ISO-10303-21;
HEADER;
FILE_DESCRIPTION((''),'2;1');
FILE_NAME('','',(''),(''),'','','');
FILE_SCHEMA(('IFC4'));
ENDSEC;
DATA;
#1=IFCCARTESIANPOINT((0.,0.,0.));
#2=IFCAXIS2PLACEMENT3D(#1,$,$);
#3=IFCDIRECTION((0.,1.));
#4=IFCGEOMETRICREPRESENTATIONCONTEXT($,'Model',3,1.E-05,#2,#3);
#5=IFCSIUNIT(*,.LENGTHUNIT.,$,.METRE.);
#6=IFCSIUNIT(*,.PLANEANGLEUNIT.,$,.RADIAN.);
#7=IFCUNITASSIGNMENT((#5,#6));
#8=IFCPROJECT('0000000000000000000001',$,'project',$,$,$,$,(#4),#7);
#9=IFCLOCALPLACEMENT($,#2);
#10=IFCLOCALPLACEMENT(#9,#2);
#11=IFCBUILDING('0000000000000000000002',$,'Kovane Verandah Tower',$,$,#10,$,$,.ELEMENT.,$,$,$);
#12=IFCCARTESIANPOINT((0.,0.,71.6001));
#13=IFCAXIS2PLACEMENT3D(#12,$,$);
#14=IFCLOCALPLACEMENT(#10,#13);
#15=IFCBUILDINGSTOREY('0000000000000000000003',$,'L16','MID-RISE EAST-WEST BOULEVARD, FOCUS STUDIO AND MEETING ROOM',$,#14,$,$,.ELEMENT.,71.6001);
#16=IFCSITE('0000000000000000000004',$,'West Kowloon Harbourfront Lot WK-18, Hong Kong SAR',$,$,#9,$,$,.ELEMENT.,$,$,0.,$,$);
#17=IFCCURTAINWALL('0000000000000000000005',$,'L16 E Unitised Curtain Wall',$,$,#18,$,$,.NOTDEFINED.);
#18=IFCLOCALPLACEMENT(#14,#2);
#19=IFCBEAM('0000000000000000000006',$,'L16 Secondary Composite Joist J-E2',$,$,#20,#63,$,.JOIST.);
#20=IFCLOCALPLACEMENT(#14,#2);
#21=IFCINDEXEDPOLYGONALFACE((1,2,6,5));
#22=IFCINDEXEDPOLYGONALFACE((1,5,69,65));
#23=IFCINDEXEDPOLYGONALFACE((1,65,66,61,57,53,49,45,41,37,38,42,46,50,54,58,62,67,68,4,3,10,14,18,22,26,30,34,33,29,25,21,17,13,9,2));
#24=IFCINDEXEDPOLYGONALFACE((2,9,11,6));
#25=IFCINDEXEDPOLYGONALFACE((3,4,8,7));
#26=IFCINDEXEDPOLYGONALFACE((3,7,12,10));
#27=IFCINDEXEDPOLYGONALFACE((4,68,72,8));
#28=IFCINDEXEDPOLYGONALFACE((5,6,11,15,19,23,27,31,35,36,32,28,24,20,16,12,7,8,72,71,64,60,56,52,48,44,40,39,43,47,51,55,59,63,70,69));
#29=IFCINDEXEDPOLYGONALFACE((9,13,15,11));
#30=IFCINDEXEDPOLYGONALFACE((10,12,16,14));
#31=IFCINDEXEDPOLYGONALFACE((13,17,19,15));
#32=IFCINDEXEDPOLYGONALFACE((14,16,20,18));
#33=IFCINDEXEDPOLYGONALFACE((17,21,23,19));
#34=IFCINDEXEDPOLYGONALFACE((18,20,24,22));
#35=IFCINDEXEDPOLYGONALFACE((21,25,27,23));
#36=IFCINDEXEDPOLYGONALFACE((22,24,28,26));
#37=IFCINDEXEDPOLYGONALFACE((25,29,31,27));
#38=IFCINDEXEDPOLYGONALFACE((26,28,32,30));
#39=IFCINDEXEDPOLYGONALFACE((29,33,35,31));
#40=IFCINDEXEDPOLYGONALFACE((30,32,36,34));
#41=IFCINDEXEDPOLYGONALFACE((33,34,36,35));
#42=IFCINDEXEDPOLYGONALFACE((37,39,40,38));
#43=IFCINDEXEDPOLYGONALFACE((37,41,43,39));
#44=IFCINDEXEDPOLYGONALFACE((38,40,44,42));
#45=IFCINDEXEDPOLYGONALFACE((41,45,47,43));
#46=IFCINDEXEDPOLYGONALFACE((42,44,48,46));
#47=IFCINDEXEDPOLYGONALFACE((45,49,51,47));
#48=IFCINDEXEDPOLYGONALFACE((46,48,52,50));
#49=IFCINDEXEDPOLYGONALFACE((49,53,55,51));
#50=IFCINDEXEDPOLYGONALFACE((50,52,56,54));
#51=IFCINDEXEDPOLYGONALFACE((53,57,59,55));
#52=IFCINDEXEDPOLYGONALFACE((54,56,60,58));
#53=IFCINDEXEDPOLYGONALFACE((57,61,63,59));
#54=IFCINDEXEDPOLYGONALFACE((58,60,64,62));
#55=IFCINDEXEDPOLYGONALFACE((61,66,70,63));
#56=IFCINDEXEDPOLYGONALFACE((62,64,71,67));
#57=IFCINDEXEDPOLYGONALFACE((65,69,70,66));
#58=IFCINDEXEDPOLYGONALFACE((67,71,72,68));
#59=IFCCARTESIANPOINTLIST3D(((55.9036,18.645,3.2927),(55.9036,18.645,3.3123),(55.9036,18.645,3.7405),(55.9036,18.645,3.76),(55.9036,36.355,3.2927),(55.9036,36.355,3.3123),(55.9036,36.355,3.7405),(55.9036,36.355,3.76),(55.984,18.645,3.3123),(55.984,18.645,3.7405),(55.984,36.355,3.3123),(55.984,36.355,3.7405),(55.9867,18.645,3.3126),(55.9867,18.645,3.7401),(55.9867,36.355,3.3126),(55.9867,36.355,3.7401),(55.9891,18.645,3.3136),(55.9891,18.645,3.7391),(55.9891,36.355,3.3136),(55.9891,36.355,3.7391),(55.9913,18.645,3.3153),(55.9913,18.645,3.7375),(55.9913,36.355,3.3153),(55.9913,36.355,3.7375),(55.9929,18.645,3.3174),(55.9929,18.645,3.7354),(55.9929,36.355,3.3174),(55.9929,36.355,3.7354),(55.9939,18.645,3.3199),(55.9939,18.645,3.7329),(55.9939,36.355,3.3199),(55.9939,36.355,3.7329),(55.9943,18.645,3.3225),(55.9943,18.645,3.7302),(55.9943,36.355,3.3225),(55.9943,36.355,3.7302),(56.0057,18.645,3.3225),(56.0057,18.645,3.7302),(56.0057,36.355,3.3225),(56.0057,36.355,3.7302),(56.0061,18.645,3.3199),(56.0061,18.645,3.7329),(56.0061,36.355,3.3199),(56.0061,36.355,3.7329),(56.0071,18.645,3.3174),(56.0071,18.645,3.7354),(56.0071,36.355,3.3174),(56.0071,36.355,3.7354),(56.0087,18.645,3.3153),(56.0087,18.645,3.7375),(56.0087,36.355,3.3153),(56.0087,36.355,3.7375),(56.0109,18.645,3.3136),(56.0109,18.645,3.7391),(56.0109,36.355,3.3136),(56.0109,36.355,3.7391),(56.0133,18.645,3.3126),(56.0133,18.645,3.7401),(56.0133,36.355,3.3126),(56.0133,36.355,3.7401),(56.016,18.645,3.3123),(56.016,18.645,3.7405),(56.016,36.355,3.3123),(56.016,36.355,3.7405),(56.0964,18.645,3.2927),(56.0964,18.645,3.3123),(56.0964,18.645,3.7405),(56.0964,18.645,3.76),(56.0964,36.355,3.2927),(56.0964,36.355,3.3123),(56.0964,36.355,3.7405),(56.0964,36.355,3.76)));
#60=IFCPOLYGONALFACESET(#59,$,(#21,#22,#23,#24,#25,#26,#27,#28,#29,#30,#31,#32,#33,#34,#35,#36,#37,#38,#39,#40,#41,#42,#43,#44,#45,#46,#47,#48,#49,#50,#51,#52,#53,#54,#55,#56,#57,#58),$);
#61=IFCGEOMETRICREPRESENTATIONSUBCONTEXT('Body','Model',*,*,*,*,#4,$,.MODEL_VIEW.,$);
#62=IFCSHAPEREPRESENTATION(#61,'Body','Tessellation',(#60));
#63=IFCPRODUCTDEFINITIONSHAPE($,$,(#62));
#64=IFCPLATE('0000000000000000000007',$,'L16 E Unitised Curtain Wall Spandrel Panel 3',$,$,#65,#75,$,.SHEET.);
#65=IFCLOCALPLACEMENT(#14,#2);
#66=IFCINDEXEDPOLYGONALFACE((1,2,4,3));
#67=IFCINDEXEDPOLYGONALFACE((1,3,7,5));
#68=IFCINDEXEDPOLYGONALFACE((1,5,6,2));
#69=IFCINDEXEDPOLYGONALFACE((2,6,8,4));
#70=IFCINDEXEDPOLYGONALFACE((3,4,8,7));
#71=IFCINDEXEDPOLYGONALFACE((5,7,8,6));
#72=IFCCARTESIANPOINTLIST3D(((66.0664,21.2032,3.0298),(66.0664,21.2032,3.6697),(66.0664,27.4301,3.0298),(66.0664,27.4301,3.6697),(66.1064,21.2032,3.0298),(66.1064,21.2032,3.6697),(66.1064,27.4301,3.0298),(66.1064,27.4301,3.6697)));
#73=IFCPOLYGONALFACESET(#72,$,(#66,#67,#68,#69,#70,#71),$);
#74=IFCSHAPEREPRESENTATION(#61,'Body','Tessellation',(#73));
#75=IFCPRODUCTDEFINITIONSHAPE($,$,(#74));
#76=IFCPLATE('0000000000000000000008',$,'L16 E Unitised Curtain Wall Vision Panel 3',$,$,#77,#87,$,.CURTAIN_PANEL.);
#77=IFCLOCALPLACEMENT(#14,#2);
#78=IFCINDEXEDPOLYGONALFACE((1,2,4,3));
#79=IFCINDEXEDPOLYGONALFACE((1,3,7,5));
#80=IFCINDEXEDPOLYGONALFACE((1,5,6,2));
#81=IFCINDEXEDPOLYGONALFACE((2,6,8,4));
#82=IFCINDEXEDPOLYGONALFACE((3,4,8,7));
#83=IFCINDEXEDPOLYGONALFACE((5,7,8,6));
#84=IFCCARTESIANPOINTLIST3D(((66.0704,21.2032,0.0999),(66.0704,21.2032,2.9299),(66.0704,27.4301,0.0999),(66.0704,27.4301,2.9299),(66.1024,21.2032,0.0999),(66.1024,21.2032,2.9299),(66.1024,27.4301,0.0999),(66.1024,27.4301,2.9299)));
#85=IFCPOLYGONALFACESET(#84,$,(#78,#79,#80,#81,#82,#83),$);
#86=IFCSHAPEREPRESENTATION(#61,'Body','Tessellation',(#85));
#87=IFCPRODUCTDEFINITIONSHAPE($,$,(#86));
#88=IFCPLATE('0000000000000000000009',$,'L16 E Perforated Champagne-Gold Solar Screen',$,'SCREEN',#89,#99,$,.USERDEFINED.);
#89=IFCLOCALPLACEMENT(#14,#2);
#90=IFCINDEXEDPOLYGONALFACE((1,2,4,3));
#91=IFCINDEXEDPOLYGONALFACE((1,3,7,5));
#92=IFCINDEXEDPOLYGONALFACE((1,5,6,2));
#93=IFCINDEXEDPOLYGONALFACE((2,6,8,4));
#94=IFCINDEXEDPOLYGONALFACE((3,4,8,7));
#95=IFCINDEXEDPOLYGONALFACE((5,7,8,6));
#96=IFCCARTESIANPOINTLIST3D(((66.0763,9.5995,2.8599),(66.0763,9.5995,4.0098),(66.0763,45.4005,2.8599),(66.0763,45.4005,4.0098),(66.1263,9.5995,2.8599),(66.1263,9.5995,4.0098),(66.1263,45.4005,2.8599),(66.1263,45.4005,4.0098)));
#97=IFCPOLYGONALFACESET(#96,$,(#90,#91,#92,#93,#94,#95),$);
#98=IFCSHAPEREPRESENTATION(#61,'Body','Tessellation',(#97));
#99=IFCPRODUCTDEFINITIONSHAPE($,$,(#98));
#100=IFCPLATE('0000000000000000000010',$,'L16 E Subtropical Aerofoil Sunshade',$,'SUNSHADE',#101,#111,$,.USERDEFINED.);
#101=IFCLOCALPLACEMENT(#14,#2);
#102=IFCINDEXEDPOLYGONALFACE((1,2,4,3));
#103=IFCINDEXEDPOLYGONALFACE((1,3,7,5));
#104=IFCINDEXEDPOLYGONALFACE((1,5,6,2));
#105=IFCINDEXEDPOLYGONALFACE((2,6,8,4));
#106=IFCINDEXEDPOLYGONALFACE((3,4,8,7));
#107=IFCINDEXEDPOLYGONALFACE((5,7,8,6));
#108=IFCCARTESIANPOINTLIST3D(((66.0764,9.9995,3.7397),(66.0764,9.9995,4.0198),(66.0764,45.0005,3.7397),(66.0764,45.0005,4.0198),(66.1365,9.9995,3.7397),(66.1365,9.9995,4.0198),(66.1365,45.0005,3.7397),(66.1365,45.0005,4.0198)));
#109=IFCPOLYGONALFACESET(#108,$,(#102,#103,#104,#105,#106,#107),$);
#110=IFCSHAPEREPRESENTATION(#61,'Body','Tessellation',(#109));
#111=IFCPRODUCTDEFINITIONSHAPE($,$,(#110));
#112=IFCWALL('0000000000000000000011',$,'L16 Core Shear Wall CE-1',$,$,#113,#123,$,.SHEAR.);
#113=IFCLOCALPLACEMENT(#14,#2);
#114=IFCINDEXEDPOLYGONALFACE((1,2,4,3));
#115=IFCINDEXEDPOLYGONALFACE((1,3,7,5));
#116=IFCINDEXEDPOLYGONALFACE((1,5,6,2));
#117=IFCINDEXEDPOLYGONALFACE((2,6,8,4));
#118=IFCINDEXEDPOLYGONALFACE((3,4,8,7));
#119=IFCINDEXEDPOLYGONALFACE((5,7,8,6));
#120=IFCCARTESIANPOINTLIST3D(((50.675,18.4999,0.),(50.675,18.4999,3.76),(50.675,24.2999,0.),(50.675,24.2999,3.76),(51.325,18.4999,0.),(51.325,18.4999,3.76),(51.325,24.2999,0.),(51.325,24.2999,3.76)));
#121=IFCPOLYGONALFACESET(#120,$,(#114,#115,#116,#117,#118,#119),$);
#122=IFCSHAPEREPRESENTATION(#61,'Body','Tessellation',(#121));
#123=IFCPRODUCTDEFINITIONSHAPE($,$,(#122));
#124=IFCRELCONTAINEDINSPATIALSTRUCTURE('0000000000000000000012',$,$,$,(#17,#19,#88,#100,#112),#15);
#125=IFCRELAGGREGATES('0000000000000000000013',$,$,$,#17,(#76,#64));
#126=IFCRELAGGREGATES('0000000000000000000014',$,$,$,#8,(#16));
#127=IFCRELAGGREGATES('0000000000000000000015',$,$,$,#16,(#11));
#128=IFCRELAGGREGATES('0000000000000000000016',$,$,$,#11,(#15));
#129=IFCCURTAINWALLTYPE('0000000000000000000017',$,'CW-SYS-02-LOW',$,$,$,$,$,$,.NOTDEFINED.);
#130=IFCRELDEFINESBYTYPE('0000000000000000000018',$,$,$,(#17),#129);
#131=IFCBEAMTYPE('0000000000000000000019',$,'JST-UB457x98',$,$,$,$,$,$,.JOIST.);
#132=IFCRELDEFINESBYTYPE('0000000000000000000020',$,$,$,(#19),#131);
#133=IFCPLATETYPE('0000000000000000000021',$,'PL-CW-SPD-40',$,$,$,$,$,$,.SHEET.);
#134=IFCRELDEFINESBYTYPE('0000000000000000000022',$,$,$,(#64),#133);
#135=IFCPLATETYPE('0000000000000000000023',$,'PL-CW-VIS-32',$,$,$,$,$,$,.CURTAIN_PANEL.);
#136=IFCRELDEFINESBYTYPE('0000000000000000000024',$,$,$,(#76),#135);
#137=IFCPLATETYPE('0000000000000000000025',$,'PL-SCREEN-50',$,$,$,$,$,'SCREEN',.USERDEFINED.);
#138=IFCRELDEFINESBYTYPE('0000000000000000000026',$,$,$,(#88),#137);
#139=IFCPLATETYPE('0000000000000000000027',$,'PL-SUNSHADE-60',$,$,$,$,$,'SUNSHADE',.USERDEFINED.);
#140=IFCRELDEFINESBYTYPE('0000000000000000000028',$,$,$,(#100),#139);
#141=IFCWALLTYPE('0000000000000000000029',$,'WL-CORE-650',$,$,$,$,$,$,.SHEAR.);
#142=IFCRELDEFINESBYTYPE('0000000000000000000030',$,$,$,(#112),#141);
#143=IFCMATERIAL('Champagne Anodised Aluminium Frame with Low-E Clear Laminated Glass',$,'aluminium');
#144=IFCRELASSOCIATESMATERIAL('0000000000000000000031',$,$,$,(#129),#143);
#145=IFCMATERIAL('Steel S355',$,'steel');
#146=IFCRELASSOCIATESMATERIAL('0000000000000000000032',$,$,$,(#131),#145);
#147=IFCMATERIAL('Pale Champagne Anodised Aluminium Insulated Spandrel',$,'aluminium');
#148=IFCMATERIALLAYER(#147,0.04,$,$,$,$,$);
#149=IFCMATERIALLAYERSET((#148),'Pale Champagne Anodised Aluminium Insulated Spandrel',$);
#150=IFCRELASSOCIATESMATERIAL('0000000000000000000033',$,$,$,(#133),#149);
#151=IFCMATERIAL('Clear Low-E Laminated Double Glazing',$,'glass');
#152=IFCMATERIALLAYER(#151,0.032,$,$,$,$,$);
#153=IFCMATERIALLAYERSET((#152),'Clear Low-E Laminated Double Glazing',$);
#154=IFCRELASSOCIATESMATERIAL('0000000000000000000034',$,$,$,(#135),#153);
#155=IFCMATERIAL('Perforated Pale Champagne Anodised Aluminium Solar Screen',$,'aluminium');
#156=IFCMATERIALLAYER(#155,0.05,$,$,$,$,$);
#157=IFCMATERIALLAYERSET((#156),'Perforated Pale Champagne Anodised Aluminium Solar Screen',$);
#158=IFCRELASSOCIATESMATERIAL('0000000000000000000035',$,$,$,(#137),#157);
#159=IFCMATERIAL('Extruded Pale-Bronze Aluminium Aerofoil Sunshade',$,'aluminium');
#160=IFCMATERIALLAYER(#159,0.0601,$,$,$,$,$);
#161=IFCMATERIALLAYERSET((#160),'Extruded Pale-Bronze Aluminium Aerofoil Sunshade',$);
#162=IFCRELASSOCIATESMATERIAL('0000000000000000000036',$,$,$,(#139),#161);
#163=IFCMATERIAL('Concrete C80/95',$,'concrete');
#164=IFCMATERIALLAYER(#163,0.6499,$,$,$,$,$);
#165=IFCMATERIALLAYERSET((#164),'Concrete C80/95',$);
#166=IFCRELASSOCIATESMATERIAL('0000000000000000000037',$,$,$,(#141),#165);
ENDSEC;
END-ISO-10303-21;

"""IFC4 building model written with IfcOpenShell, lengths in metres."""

from ifc_helpers import new_model, si_unit, direction, frame, frame_2d, origin, origin_2d, place, context, subcontext, project, spatial, rectangle, i_section, extrude, material, layer, layer_set, material_profile, profile_set, type_object, element, aggregate, save


model = new_model("IFC4")

# Units and contexts
model_context = context("Model", 3, precision=1e-05, world=origin(), true_north=direction((0.0, 1.0)))
body_context = subcontext(model_context, "Body", "Model", "MODEL_VIEW")
ifc_project = project(units=[si_unit("LENGTHUNIT", "METRE"), si_unit("PLANEANGLEUNIT", "RADIAN")], contexts=[model_context])

# Site, building, storey
site_placement = place(None, origin())
site = spatial("IfcSite", under=ifc_project, at=site_placement, Name="West Kowloon Harbourfront Lot WK-18, Hong Kong SAR", CompositionType="ELEMENT", RefElevation=0.0)
building_placement = place(site_placement, origin())
building = spatial("IfcBuilding", under=site, at=building_placement, Name="Kovane Verandah Tower", CompositionType="ELEMENT")
storey_placement = place(building_placement, frame((0.0, 0.0, 71.6001)))
storey = spatial("IfcBuildingStorey", under=building, at=storey_placement, Name="L16", Description="MID-RISE EAST-WEST BOULEVARD, FOCUS STUDIO AND MEETING ROOM", CompositionType="ELEMENT", Elevation=71.6001)

# Shared definitions
ifc_material_1 = material(Name="Concrete C80/95", Category="concrete")

# Shared definitions
ifc_material_2 = material(Name="Steel S355", Category="steel")

# Curtain wall
ifc_material_3 = material(Name="Champagne Anodised Aluminium Frame with Low-E Clear Laminated Glass", Category="aluminium")
curtain_wall_type = type_object("IfcCurtainWallType", Name="CW-SYS-02-LOW", PredefinedType="NOTDEFINED", material=ifc_material_3)
curtain_wall_placement = place(storey_placement, origin())
curtain_wall = element("IfcCurtainWall", 1, at=curtain_wall_placement, inside=storey, type_object=curtain_wall_type, Name="L16 E Unitised Curtain Wall", PredefinedType="NOTDEFINED")

# Beam
ifc_material_profile_1 = material_profile(ifc_material_2, i_section(OverallWidth=0.1929, OverallDepth=0.4673, WebThickness=0.0115, FlangeThickness=0.0195, FilletRadius=0.0103, at=origin_2d()), Name="UB457x191x98")
ifc_profile_set_1 = profile_set([ifc_material_profile_1], Name="Steel S355")
beam_type_1 = type_object("IfcBeamType", Name="JST-UB457x98", PredefinedType="JOIST", material=ifc_profile_set_1)
for number, where, z_axis, x_axis, name in (
    (2, (56.0, 18.645, 3.5264), (0.0, 1.0, 0.0), (-1.0, 0.0, 0.0), "L16 Secondary Composite Joist J-E2"),
):
    element("IfcBeam", number, at=place(storey_placement, frame(where, z_axis=z_axis, x_axis=x_axis)), inside=storey, type_object=beam_type_1, Name=name, PredefinedType="JOIST", context=body_context, shape_type="SweptSolid", body=[
        extrude(i_section(OverallWidth=0.1929, OverallDepth=0.4673, WebThickness=0.0115, FlangeThickness=0.0195, FilletRadius=0.0103, at=origin_2d()), origin(), (0.0, 0.0, 1.0), 17.71),
    ])

# Plates
ifc_material_4 = material(Name="Pale Champagne Anodised Aluminium Insulated Spandrel", Category="aluminium")
ifc_layer_1 = layer(ifc_material_4, 0.04)
ifc_layer_set_1 = layer_set([ifc_layer_1], Name="Pale Champagne Anodised Aluminium Insulated Spandrel")
plate_type_1 = type_object("IfcPlateType", Name="PL-CW-SPD-40", PredefinedType="SHEET", material=ifc_layer_set_1)
plate_1_placement = place(storey_placement, frame((66.0864, 24.3167, 3.0298), z_axis=(0.0, 0.0, 1.0), x_axis=(0.0, 1.0, 0.0)))
plate_1 = element("IfcPlate", 3, at=plate_1_placement, type_object=plate_type_1, Name="L16 E Unitised Curtain Wall Spandrel Panel 3", PredefinedType="SHEET", context=body_context, shape_type="SweptSolid", body=[
    extrude(rectangle(XDim=6.2268, YDim=0.04, at=origin_2d()), origin(), (0.0, 0.0, 1.0), 0.6399),
])
ifc_material_5 = material(Name="Clear Low-E Laminated Double Glazing", Category="glass")
ifc_layer_2 = layer(ifc_material_5, 0.032)
ifc_layer_set_2 = layer_set([ifc_layer_2], Name="Clear Low-E Laminated Double Glazing")
plate_type_2 = type_object("IfcPlateType", Name="PL-CW-VIS-32", PredefinedType="CURTAIN_PANEL", material=ifc_layer_set_2)
plate_2_placement = place(storey_placement, frame((66.0864, 24.3167, 0.0999), z_axis=(0.0, 0.0, 1.0), x_axis=(0.0, 1.0, 0.0)))
plate_2 = element("IfcPlate", 4, at=plate_2_placement, type_object=plate_type_2, Name="L16 E Unitised Curtain Wall Vision Panel 3", PredefinedType="CURTAIN_PANEL", context=body_context, shape_type="SweptSolid", body=[
    extrude(rectangle(XDim=6.2268, YDim=0.032, at=origin_2d()), origin(), (0.0, 0.0, 1.0), 2.8301),
])
aggregate(curtain_wall, [plate_2, plate_1])

# Plates
ifc_material_6 = material(Name="Perforated Pale Champagne Anodised Aluminium Solar Screen", Category="aluminium")
ifc_layer_3 = layer(ifc_material_6, 0.05)
ifc_layer_set_3 = layer_set([ifc_layer_3], Name="Perforated Pale Champagne Anodised Aluminium Solar Screen")
plate_type_3 = type_object("IfcPlateType", Name="PL-SCREEN-50", ElementType="SCREEN", PredefinedType="USERDEFINED", material=ifc_layer_set_3)
plate_3_placement = place(storey_placement, frame((66.1013, 27.5, 2.8599), z_axis=(0.0, 0.0, 1.0), x_axis=(0.0, 1.0, 0.0)))
element("IfcPlate", 5, at=plate_3_placement, inside=storey, type_object=plate_type_3, Name="L16 E Perforated Champagne-Gold Solar Screen", ObjectType="SCREEN", PredefinedType="USERDEFINED", context=body_context, shape_type="SweptSolid", body=[
    extrude(rectangle(XDim=35.801, YDim=0.05, at=origin_2d()), origin(), (0.0, 0.0, 1.0), 1.1499),
])
ifc_material_7 = material(Name="Extruded Pale-Bronze Aluminium Aerofoil Sunshade", Category="aluminium")
ifc_layer_4 = layer(ifc_material_7, 0.0601)
ifc_layer_set_4 = layer_set([ifc_layer_4], Name="Extruded Pale-Bronze Aluminium Aerofoil Sunshade")
plate_type_4 = type_object("IfcPlateType", Name="PL-SUNSHADE-60", ElementType="SUNSHADE", PredefinedType="USERDEFINED", material=ifc_layer_set_4)
plate_4_placement = place(storey_placement, frame((66.1064, 27.5, 3.7397), z_axis=(0.0, 0.0, 1.0), x_axis=(0.0, 1.0, 0.0)))
element("IfcPlate", 6, at=plate_4_placement, inside=storey, type_object=plate_type_4, Name="L16 E Subtropical Aerofoil Sunshade", ObjectType="SUNSHADE", PredefinedType="USERDEFINED", context=body_context, shape_type="SweptSolid", body=[
    extrude(rectangle(XDim=35.001, YDim=0.0601, at=origin_2d()), origin(), (0.0, 0.0, 1.0), 0.28),
])

# Wall
ifc_layer_5 = layer(ifc_material_1, 0.6499)
ifc_layer_set_5 = layer_set([ifc_layer_5], Name="Concrete C80/95")
wall_type_1 = type_object("IfcWallType", Name="WL-CORE-650", PredefinedType="SHEAR", material=ifc_layer_set_5)
wall_1_placement = place(storey_placement, frame((51.0, 18.5, 0.0), z_axis=(0.0, 0.0, 1.0), x_axis=(0.0, 1.0, 0.0)))
element("IfcWall", 7, at=wall_1_placement, inside=storey, type_object=wall_type_1, Name="L16 Core Shear Wall CE-1", PredefinedType="SHEAR", context=body_context, shape_type="SweptSolid", body=[
    extrude(rectangle(XDim=5.8, YDim=0.6499, at=frame_2d((2.8999, 0.0))), origin(), (0.0, 0.0, 1.0), 3.76),
])

save(model, "model.ifc")
